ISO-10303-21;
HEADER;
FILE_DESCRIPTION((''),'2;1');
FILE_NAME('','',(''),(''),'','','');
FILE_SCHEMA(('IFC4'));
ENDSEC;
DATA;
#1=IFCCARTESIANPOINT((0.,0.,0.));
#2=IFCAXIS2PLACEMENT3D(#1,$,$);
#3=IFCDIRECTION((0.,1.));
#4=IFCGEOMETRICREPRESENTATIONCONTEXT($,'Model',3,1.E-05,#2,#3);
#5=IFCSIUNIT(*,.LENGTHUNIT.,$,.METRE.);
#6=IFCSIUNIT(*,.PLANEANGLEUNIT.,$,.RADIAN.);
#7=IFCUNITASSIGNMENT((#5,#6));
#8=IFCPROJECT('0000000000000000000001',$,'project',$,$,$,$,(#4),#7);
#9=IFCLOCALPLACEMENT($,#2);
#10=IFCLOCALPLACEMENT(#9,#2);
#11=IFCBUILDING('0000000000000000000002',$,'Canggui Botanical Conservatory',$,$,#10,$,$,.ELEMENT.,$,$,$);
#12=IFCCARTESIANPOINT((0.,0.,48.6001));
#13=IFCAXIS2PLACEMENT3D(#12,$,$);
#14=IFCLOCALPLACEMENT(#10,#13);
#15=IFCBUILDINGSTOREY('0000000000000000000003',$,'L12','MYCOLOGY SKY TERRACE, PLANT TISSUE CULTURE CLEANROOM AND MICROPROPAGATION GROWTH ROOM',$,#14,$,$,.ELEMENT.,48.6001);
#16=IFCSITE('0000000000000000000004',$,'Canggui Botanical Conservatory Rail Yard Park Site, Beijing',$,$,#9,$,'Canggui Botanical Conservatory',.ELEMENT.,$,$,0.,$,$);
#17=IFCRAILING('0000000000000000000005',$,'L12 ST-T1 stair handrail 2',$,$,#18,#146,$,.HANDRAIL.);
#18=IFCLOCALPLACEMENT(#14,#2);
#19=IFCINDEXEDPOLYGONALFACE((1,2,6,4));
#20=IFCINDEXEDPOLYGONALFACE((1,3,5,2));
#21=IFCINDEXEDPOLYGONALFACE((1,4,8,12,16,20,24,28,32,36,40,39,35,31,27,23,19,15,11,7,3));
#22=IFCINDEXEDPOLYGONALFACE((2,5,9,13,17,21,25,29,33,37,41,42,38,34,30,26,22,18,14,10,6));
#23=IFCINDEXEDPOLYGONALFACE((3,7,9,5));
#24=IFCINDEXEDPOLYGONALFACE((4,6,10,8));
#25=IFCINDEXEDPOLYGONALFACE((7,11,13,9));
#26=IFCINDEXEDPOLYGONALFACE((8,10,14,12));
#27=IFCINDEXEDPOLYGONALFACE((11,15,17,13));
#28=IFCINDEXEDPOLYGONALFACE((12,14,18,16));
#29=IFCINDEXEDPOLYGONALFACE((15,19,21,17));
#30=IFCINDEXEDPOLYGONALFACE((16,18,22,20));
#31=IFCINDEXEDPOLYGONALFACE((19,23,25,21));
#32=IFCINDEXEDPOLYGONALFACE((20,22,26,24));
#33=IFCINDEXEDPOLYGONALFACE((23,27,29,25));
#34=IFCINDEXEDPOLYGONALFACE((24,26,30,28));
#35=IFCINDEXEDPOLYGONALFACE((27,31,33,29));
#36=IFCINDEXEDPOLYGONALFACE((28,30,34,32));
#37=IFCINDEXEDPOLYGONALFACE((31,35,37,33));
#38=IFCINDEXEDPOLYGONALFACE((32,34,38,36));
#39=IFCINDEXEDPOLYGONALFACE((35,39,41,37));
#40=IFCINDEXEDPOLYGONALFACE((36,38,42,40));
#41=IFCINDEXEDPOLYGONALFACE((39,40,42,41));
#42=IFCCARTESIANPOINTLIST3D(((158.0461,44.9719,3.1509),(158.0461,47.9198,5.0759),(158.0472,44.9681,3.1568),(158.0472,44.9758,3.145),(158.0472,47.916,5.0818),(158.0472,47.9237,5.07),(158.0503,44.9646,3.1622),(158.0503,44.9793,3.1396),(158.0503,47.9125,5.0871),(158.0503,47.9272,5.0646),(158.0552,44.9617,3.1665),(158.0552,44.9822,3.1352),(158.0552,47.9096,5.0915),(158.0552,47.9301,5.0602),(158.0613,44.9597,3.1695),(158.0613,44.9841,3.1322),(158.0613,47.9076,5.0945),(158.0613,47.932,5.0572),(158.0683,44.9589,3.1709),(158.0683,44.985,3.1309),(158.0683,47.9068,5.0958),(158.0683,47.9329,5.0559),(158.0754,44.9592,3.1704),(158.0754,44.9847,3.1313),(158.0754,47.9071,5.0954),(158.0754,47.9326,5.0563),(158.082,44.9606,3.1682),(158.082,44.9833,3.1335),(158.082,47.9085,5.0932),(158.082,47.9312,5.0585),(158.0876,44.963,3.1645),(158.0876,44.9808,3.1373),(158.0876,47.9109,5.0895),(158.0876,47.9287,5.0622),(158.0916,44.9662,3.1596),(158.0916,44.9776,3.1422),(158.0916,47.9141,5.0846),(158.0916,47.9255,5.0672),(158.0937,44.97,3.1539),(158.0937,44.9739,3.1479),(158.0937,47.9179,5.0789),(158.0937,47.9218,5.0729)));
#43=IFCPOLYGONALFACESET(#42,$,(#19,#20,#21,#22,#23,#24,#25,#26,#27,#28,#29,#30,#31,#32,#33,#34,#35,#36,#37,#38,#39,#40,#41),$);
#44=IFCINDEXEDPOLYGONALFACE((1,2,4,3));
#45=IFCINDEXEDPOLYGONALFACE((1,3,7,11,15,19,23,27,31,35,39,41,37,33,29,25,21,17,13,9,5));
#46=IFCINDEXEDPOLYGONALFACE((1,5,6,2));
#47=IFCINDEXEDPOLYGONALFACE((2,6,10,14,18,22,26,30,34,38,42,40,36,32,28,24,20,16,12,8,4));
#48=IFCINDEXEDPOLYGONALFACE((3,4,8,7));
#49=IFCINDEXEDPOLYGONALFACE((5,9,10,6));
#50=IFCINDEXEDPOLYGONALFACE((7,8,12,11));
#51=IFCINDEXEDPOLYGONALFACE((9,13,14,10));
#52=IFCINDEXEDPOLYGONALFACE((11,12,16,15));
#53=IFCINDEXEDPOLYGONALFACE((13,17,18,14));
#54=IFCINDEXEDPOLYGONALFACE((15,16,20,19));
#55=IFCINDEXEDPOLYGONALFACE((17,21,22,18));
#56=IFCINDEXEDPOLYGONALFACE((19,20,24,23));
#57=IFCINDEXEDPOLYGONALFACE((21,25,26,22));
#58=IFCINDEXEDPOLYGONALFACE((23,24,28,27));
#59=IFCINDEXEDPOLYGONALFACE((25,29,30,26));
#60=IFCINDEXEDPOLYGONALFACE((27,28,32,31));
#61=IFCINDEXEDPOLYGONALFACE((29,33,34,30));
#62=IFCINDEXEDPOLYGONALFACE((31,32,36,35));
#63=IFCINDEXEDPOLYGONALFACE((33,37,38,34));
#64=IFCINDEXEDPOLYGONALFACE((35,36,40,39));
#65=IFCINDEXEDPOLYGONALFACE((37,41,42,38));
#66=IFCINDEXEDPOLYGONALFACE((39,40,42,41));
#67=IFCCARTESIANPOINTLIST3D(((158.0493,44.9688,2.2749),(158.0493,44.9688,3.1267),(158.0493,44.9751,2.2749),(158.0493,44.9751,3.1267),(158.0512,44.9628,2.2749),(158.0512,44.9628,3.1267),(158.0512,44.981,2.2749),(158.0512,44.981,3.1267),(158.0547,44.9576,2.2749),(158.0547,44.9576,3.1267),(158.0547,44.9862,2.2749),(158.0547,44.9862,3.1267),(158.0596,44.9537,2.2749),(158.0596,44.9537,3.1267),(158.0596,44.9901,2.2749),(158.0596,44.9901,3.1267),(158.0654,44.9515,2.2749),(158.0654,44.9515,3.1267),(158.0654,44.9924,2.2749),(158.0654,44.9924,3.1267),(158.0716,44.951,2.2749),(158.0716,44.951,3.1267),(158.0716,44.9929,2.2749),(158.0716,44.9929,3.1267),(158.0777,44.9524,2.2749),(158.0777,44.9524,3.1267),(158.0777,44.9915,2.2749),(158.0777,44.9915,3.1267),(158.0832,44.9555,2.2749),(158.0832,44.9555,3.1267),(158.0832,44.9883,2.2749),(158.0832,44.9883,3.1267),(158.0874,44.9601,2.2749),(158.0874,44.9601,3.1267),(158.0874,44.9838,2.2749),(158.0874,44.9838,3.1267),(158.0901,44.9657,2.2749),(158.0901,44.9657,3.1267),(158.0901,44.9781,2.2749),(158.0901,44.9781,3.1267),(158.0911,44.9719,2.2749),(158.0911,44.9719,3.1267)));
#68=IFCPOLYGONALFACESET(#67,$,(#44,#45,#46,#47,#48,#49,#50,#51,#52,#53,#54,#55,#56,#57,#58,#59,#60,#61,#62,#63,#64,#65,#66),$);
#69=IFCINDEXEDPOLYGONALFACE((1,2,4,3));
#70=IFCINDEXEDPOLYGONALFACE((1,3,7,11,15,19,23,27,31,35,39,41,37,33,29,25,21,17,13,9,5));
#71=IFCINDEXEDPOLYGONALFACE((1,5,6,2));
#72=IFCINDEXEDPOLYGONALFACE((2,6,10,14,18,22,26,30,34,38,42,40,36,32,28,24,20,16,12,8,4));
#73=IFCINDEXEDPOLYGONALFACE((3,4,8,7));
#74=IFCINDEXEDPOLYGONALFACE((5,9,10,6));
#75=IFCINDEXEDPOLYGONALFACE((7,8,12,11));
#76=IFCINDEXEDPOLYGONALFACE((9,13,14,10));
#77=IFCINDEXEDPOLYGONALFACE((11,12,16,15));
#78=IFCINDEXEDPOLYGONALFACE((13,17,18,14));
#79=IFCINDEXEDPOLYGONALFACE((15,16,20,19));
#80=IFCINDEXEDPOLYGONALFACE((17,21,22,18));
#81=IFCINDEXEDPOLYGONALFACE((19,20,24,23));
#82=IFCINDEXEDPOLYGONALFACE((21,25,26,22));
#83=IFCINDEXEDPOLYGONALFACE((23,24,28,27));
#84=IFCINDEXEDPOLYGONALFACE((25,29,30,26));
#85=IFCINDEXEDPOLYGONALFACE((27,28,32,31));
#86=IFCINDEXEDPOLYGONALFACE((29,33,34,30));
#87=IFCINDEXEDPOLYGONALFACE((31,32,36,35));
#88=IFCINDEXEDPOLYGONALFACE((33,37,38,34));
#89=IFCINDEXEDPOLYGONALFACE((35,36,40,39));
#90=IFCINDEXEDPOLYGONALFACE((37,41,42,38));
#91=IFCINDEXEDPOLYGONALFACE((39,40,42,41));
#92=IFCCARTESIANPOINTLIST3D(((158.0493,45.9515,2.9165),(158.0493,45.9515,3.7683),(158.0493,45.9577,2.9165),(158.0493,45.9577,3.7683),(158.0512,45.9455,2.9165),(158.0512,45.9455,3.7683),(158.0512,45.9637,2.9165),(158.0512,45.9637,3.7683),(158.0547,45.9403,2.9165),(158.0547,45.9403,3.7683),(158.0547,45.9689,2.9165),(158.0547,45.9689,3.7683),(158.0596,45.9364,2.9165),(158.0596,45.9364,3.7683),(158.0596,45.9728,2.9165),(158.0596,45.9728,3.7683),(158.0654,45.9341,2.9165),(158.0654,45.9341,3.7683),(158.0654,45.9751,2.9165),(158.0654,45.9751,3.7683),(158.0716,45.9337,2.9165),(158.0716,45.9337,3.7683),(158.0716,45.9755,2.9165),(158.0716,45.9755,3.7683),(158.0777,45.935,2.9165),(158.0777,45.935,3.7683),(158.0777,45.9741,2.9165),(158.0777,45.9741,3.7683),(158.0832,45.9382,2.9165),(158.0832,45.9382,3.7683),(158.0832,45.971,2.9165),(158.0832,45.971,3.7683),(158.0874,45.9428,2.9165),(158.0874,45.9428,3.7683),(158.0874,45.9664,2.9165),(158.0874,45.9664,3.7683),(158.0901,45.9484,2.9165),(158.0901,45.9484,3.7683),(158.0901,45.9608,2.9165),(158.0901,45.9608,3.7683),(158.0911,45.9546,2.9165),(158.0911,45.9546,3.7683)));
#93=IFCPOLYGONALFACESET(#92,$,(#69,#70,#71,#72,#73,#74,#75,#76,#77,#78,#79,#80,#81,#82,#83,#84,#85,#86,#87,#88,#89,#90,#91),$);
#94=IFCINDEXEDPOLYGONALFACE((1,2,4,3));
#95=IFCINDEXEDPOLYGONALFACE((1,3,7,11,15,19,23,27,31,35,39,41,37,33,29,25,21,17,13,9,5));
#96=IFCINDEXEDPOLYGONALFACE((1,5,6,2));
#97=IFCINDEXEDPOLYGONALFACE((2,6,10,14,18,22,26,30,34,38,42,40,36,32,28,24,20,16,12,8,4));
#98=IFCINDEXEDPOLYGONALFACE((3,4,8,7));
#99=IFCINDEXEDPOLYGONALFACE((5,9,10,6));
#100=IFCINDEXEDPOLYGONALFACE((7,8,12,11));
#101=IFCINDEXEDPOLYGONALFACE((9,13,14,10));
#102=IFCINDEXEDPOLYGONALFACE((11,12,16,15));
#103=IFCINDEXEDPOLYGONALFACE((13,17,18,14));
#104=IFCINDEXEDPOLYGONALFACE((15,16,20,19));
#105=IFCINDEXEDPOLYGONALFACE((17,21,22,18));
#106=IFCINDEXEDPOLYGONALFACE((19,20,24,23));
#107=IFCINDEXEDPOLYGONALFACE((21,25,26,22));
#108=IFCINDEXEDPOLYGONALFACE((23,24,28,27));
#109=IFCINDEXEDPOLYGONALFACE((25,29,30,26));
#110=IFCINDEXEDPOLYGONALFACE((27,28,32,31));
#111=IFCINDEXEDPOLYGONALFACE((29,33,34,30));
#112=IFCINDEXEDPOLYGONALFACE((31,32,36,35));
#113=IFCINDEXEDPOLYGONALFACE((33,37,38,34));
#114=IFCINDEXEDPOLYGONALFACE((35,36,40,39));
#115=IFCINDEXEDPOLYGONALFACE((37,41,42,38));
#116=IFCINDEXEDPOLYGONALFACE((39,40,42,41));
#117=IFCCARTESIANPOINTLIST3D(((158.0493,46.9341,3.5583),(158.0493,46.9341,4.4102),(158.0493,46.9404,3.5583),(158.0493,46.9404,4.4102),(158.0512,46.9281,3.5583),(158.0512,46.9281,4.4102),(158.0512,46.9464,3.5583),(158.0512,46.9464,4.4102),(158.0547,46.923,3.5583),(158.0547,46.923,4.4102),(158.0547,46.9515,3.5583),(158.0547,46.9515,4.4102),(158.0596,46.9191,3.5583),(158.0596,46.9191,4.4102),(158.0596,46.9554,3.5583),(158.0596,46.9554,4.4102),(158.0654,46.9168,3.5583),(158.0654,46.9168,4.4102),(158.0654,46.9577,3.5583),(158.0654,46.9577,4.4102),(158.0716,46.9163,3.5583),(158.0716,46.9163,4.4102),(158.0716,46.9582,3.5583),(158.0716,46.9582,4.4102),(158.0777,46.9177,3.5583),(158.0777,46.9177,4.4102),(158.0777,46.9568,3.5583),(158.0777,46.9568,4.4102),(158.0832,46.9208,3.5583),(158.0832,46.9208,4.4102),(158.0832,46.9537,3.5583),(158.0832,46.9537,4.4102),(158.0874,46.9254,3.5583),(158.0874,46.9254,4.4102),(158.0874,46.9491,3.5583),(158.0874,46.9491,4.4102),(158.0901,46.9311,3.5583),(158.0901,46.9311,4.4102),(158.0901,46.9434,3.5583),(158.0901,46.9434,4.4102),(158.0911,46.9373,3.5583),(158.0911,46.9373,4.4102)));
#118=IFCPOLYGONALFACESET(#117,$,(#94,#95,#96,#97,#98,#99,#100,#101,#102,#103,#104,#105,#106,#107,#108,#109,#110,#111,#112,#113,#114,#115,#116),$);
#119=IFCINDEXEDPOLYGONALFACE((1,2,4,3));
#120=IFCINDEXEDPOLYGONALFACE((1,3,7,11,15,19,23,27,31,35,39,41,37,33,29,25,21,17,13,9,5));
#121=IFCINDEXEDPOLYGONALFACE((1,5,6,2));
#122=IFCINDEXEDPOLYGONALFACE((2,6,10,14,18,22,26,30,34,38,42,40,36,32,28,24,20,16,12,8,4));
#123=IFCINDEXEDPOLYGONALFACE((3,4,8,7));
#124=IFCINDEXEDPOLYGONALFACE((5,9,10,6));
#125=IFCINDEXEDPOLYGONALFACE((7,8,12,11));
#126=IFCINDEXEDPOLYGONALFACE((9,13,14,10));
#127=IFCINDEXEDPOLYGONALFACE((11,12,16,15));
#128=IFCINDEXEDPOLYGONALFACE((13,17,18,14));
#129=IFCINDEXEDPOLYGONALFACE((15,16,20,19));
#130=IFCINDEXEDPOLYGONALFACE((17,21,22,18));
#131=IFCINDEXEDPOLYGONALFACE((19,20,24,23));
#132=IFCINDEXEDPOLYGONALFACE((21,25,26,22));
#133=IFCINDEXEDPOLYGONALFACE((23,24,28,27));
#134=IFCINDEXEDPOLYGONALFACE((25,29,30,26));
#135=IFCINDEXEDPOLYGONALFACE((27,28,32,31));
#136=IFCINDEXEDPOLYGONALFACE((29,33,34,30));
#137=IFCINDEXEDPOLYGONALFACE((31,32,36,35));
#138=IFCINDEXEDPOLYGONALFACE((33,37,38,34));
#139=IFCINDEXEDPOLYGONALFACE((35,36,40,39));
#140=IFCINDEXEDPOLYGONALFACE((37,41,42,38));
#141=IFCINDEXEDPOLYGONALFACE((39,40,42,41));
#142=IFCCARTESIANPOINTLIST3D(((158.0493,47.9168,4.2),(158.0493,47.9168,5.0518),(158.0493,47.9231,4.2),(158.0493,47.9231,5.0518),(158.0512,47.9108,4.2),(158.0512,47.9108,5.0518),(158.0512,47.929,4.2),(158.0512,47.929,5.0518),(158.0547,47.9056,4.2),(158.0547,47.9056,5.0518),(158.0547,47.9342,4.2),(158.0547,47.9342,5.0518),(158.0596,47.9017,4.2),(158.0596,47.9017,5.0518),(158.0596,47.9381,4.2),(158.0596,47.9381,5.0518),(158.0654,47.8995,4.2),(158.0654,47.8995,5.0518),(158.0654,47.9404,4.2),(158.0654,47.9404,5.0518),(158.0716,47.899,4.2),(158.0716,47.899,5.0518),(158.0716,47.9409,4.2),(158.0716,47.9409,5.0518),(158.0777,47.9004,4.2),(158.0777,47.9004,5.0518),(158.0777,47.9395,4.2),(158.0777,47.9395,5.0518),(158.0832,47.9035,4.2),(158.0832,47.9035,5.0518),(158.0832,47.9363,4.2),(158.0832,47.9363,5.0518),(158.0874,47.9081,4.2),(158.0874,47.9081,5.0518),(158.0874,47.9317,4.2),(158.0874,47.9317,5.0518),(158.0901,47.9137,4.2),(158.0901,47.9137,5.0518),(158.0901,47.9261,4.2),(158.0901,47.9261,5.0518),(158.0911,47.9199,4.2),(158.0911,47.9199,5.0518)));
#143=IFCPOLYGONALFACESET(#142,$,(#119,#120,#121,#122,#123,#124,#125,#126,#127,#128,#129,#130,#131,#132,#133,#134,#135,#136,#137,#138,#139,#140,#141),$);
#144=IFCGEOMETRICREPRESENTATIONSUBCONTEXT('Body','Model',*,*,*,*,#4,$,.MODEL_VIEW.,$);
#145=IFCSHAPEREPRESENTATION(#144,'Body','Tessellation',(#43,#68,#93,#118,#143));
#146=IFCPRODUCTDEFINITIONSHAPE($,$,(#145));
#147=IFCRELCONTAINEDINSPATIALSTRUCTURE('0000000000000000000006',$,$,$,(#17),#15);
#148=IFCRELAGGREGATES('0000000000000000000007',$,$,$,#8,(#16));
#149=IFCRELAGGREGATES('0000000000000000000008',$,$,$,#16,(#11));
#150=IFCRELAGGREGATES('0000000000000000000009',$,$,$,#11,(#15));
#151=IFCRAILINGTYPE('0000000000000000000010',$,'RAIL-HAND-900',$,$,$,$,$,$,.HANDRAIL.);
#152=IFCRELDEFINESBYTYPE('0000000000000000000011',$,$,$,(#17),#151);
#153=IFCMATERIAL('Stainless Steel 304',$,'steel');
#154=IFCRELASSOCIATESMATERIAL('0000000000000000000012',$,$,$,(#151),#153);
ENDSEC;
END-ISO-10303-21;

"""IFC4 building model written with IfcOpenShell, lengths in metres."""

from ifc_helpers import new_model, si_unit, direction, frame, origin, origin_2d, place, context, subcontext, project, spatial, circle, extrude, material, type_object, element, save


model = new_model("IFC4")

# Units and contexts
model_context = context("Model", 3, precision=1e-05, world=origin(), true_north=direction((0.0, 1.0)))
body_context = subcontext(model_context, "Body", "Model", "MODEL_VIEW")
ifc_project = project(units=[si_unit("LENGTHUNIT", "METRE"), si_unit("PLANEANGLEUNIT", "RADIAN")], contexts=[model_context])

# Site, building, storey
site_placement = place(None, origin())
site = spatial("IfcSite", under=ifc_project, at=site_placement, Name="Canggui Botanical Conservatory Rail Yard Park Site, Beijing", LongName="Canggui Botanical Conservatory", CompositionType="ELEMENT", RefElevation=0.0)
building_placement = place(site_placement, origin())
building = spatial("IfcBuilding", under=site, at=building_placement, Name="Canggui Botanical Conservatory", CompositionType="ELEMENT")
storey_placement = place(building_placement, frame((0.0, 0.0, 48.6001)))
storey = spatial("IfcBuildingStorey", under=building, at=storey_placement, Name="L12", Description="MYCOLOGY SKY TERRACE, PLANT TISSUE CULTURE CLEANROOM AND MICROPROPAGATION GROWTH ROOM", CompositionType="ELEMENT", Elevation=48.6001)

# Shared definitions
ifc_material_1 = material(Name="Stainless Steel 304", Category="steel")

# Railing
railing_type_1 = type_object("IfcRailingType", Name="RAIL-HAND-900", PredefinedType="HANDRAIL", material=ifc_material_1)
railing_1_placement = place(storey_placement, frame((158.0701, 44.9719, 2.2749)))
element("IfcRailing", 1, at=railing_1_placement, inside=storey, type_object=railing_type_1, Name="L12 ST-T1 stair handrail 2", PredefinedType="HANDRAIL", context=body_context, shape_type="SweptSolid", body=[
    extrude(circle(Radius=0.0239, at=origin_2d()), frame((0.0, 0.0, 0.876), z_axis=(0.0, 0.837293, 0.546754), x_axis=(-1.0, 0.0, 0.0)), (0.0, 0.0, 1.0), 3.5208),
    extrude(circle(Radius=0.021, at=origin_2d()), origin(), (0.0, 0.0, 1.0), 0.8518),
    extrude(circle(Radius=0.021, at=origin_2d()), frame((0.0, 0.9827, 0.6416)), (0.0, 0.0, 1.0), 0.8518),
    extrude(circle(Radius=0.021, at=origin_2d()), frame((0.0, 1.9653, 1.2834)), (0.0, 0.0, 1.0), 0.8518),
    extrude(circle(Radius=0.021, at=origin_2d()), frame((0.0, 2.948, 1.925)), (0.0, 0.0, 1.0), 0.8518),
])

save(model, "model.ifc")
